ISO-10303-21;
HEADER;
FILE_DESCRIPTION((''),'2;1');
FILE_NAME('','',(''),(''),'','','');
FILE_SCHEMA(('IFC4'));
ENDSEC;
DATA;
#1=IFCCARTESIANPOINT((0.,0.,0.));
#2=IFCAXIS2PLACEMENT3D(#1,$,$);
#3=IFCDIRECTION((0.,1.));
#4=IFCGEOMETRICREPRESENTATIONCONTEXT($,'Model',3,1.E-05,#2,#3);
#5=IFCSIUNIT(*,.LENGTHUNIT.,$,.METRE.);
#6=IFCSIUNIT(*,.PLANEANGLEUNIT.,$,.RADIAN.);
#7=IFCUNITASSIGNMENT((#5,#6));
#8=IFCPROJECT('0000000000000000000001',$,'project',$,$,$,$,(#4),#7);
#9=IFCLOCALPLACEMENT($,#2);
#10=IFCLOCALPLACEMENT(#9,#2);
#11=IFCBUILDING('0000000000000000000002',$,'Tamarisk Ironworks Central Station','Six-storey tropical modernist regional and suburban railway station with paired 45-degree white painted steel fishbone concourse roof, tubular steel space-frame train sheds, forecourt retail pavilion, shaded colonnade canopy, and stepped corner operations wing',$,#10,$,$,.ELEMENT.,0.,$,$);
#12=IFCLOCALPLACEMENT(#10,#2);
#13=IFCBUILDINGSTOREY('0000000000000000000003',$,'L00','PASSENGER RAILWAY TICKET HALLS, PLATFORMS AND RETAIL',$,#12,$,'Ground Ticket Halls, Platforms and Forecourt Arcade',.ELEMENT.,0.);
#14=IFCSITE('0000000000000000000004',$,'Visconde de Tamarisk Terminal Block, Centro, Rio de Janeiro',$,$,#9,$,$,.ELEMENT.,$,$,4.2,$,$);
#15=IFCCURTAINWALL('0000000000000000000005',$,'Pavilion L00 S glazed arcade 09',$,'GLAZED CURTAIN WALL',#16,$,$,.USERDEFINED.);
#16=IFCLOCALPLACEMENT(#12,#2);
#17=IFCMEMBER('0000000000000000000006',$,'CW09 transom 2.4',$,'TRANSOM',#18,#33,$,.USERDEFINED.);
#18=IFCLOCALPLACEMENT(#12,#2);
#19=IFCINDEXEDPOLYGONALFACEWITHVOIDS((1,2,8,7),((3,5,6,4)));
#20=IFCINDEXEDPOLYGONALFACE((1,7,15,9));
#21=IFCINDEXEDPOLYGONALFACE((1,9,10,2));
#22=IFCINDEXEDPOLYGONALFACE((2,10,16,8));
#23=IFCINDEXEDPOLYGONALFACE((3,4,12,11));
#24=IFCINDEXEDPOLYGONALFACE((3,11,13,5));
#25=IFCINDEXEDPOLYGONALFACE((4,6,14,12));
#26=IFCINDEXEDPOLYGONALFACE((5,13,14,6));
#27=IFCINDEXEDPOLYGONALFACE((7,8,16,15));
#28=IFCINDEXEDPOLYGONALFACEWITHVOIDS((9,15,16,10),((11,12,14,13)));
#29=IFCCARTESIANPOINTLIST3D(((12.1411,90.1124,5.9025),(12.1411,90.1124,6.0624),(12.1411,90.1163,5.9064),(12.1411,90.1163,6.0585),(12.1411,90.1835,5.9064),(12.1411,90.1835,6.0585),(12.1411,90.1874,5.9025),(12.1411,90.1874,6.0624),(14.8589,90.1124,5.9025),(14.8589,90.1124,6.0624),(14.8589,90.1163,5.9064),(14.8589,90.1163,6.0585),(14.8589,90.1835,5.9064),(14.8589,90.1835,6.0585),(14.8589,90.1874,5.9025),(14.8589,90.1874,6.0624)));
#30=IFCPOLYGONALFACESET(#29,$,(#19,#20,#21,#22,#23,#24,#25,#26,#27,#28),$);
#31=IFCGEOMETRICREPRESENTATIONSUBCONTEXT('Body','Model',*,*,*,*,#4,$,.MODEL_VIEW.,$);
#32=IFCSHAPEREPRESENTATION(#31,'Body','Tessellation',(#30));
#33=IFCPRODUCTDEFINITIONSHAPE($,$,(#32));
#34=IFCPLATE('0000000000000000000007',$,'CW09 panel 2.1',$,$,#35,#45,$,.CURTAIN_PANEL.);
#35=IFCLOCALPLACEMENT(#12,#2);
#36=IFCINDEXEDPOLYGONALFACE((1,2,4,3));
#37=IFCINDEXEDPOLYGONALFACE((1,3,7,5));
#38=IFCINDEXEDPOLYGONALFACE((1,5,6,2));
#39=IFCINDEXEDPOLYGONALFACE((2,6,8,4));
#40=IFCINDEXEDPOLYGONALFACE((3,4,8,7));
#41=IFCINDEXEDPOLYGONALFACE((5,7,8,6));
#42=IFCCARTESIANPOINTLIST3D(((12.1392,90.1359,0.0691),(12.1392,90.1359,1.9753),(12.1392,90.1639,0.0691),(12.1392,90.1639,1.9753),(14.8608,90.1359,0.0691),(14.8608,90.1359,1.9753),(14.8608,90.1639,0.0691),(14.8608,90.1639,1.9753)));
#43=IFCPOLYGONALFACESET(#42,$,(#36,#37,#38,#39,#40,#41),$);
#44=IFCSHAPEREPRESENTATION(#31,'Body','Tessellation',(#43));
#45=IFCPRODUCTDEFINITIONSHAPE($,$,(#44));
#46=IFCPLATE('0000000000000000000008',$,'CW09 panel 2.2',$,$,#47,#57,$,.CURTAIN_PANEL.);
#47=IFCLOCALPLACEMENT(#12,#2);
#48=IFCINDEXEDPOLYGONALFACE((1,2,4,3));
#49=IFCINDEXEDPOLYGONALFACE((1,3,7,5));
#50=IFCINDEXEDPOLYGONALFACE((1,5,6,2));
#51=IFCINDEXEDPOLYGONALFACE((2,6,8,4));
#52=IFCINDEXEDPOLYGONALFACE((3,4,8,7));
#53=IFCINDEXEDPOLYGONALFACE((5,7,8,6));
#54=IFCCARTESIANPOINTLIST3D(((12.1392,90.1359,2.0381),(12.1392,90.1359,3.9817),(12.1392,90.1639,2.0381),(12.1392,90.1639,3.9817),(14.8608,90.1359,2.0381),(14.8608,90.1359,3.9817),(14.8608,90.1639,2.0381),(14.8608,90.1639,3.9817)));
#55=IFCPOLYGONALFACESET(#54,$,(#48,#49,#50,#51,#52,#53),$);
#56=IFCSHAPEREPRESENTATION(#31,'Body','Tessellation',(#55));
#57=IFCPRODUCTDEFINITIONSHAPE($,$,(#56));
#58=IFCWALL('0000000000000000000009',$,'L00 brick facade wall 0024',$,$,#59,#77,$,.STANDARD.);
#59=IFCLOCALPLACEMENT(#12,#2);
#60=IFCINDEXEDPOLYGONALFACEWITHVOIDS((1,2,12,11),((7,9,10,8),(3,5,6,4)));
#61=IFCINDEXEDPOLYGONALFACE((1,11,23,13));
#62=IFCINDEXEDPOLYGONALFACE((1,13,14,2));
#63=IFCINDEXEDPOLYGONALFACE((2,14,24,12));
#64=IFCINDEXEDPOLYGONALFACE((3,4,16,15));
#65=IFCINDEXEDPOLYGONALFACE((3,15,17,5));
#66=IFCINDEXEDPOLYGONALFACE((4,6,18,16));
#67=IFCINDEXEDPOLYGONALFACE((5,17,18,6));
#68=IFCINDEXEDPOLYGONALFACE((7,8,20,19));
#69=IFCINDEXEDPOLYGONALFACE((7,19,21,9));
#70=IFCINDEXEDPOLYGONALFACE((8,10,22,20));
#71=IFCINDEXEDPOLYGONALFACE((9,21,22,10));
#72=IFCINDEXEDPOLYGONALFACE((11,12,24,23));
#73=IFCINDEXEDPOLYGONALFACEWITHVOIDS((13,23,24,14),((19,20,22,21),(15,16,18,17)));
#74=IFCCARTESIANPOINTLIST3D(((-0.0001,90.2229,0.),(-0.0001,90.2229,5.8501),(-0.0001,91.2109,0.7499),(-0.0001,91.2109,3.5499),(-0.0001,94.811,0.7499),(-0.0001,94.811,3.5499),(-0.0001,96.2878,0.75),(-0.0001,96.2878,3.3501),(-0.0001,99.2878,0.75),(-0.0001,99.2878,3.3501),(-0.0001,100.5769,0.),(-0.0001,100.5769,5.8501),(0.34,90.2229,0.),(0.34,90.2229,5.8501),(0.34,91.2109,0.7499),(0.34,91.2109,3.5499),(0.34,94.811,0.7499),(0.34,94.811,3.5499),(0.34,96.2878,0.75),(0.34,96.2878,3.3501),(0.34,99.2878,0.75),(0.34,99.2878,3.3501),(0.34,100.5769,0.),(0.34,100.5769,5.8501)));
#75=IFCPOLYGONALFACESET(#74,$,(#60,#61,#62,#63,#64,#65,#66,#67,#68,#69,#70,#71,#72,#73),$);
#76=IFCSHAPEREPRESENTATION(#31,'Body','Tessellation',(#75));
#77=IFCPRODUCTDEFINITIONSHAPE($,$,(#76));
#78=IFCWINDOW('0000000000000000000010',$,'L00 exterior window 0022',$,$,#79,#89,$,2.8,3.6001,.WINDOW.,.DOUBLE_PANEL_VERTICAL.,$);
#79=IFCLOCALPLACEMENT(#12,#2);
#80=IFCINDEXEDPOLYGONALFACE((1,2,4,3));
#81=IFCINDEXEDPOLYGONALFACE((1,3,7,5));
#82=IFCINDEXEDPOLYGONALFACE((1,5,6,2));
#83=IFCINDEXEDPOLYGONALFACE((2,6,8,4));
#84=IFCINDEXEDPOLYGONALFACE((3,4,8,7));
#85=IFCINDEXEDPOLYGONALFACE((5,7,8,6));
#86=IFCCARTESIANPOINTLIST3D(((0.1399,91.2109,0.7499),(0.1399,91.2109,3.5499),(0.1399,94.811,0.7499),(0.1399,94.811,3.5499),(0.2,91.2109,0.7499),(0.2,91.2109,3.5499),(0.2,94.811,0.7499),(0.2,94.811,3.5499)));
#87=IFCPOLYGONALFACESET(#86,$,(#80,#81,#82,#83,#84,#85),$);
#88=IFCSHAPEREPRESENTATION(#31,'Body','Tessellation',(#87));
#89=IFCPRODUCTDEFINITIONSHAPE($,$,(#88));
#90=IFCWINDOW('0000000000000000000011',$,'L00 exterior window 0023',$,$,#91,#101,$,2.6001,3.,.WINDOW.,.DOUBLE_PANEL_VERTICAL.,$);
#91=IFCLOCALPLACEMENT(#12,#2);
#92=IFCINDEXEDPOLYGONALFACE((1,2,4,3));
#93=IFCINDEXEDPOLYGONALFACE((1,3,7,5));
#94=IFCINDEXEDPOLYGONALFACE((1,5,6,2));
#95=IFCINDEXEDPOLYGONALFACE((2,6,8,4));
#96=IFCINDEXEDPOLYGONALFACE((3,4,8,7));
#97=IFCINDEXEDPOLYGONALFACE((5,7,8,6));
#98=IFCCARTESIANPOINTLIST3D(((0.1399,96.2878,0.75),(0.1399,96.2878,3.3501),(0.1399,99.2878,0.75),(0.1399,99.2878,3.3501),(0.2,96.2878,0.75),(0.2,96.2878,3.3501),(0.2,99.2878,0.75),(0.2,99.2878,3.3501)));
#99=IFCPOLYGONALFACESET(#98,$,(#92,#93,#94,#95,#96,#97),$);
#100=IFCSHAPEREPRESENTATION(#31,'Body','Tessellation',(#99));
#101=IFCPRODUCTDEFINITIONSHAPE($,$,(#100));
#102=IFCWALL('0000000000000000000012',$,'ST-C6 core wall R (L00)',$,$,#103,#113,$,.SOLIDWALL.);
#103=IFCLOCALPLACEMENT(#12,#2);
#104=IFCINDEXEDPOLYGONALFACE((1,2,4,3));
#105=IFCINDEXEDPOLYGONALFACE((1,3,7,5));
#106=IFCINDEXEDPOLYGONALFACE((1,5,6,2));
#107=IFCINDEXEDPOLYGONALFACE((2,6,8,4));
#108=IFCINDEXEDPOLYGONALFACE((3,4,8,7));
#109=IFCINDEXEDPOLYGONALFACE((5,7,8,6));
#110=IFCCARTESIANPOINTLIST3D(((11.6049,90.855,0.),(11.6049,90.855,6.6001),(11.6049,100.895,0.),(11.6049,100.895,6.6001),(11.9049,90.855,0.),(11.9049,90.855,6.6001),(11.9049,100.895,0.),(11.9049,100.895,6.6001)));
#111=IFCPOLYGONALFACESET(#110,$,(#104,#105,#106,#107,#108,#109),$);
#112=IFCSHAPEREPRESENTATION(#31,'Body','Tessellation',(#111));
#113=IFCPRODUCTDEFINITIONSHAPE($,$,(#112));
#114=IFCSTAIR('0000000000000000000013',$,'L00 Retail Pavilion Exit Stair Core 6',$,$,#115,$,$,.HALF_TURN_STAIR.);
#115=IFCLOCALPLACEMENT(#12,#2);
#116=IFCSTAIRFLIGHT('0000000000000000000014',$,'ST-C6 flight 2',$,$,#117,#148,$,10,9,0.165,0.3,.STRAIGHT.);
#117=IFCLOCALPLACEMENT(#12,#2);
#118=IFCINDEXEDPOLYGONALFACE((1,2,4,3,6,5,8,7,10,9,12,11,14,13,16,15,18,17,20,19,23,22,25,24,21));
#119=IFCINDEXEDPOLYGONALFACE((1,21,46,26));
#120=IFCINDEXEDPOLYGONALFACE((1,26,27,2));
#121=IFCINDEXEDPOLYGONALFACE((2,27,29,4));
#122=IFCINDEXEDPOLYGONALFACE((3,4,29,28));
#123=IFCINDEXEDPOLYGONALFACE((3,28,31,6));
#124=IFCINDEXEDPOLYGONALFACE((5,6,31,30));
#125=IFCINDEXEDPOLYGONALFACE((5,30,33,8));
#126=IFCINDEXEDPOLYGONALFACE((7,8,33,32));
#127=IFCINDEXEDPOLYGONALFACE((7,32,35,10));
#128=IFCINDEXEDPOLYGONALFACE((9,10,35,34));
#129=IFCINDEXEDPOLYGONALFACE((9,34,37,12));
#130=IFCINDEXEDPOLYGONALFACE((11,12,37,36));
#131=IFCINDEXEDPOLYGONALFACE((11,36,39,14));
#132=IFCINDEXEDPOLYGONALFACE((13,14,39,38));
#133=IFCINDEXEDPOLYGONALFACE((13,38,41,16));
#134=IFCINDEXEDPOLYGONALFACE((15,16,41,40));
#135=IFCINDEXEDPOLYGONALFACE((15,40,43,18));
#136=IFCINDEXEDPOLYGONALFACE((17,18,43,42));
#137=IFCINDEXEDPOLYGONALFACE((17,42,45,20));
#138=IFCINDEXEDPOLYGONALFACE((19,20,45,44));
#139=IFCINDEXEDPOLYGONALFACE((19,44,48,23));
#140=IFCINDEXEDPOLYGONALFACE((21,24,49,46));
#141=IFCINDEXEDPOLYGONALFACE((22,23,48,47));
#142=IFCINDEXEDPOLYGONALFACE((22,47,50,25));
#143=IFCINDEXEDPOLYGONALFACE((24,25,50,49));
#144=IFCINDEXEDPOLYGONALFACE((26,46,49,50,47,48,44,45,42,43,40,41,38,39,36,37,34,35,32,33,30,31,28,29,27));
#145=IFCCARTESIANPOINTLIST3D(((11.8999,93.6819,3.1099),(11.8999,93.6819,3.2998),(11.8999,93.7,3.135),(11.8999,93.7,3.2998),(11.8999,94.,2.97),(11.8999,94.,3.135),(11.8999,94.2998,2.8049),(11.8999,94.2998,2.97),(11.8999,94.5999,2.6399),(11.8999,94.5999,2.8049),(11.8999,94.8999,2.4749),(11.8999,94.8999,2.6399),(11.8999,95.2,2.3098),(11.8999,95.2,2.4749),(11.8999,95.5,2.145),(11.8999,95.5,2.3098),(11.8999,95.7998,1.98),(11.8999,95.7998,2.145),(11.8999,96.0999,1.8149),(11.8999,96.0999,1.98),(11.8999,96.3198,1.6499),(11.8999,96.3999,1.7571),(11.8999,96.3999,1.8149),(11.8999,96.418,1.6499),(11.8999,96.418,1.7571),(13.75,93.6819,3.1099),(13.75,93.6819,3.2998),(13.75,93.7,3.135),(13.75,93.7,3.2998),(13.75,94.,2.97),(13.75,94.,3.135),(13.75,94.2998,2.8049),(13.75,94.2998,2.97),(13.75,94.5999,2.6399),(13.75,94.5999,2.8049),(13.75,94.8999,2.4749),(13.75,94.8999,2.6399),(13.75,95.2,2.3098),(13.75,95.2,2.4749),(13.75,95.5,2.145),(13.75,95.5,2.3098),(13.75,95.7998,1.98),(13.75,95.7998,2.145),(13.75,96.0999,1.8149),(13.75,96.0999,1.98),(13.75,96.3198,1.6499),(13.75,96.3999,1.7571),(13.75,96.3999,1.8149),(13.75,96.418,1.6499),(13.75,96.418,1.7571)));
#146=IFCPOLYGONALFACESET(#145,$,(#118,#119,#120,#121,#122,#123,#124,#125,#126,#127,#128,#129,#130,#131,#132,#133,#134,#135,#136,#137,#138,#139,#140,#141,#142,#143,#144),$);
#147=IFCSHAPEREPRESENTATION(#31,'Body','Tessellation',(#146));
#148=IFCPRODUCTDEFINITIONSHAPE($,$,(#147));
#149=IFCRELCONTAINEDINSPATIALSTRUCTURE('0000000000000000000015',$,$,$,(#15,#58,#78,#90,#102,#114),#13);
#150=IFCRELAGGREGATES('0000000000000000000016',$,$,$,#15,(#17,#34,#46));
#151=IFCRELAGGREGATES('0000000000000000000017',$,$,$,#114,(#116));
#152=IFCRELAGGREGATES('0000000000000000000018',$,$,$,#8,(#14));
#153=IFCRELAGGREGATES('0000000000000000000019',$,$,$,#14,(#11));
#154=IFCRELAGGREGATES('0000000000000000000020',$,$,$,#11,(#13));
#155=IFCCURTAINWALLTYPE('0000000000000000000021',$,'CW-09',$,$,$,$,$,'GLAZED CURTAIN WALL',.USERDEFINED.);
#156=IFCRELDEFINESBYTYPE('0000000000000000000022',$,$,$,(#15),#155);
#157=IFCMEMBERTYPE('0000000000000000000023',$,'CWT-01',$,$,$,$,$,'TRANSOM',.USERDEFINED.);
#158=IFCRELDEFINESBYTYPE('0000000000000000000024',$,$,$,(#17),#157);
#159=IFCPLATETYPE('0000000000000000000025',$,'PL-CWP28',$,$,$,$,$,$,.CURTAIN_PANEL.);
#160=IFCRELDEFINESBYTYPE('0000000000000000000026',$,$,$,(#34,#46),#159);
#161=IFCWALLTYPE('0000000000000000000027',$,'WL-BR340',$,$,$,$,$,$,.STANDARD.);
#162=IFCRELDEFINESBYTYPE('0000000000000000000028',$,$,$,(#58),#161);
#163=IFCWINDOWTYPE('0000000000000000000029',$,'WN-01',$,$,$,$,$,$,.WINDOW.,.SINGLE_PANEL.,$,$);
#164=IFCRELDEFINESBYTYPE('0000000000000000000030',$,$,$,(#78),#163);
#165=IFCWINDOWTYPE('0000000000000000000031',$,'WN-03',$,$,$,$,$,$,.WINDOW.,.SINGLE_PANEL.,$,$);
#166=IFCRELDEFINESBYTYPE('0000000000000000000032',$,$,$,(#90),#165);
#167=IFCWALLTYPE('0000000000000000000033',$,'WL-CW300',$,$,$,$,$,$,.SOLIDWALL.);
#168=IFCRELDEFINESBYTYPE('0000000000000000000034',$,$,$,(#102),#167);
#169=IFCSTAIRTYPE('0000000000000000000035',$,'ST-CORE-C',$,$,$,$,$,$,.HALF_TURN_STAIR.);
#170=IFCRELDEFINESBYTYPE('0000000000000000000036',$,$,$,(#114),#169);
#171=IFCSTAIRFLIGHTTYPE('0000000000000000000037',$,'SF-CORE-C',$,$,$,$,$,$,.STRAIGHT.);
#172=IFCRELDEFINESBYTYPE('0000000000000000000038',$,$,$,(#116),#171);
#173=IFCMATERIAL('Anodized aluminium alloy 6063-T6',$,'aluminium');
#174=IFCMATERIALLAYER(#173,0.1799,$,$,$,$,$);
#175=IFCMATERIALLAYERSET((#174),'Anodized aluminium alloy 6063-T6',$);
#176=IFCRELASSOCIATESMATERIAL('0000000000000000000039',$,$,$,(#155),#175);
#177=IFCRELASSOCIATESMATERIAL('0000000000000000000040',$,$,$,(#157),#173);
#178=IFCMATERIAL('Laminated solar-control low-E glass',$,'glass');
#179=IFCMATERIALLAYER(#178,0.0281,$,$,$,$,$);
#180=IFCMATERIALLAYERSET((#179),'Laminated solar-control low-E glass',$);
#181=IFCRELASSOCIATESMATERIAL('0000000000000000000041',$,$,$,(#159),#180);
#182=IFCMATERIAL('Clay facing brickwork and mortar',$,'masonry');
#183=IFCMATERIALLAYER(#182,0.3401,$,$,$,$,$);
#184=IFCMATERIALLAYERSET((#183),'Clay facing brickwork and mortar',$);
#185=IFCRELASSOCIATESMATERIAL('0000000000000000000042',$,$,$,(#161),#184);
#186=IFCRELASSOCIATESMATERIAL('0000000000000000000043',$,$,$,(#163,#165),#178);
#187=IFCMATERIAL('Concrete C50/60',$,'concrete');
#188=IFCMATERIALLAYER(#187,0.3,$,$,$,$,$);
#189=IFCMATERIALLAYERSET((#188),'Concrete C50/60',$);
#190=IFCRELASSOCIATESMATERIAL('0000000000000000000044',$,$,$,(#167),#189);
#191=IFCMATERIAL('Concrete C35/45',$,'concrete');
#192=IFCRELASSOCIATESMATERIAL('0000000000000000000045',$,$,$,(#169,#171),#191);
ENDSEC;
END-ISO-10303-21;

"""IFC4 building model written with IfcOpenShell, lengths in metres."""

from ifc_helpers import new_model, si_unit, direction, frame, frame_2d, origin, origin_2d, place, context, subcontext, project, spatial, polyline, rectangle, hollow_rectangle, outline, extrude, material, layer, layer_set, material_profile, profile_set, type_object, element, fill, aggregate, save


model = new_model("IFC4")

# Units and contexts
model_context = context("Model", 3, precision=1e-05, world=origin(), true_north=direction((0.0, 1.0)))
body_context = subcontext(model_context, "Body", "Model", "MODEL_VIEW")
ifc_project = project(units=[si_unit("LENGTHUNIT", "METRE"), si_unit("PLANEANGLEUNIT", "RADIAN")], contexts=[model_context])

# Site, building, storey
site_placement = place(None, origin())
site = spatial("IfcSite", under=ifc_project, at=site_placement, Name="Visconde de Tamarisk Terminal Block, Centro, Rio de Janeiro", CompositionType="ELEMENT", RefElevation=4.2)
building_placement = place(site_placement, origin())
building = spatial("IfcBuilding", under=site, at=building_placement, Name="Tamarisk Ironworks Central Station", Description="Six-storey tropical modernist regional and suburban railway station with paired 45-degree white painted steel fishbone concourse roof, tubular steel space-frame train sheds, forecourt retail pavilion, shaded colonnade canopy, and stepped corner operations wing", CompositionType="ELEMENT", ElevationOfRefHeight=0.0)
storey_placement = place(building_placement, origin())
storey = spatial("IfcBuildingStorey", under=building, at=storey_placement, Name="L00", Description="PASSENGER RAILWAY TICKET HALLS, PLATFORMS AND RETAIL", LongName="Ground Ticket Halls, Platforms and Forecourt Arcade", CompositionType="ELEMENT", Elevation=0.0)

# Shared definitions
ifc_material_1 = material(Name="Clay facing brickwork and mortar", Category="masonry")

# Curtain wall, member, plates
ifc_material_2 = material(Name="Anodized aluminium alloy 6063-T6", Category="aluminium")
ifc_layer_1 = layer(ifc_material_2, 0.1799)
ifc_layer_set_1 = layer_set([ifc_layer_1], Name="Anodized aluminium alloy 6063-T6")
curtain_wall_type = type_object("IfcCurtainWallType", Name="CW-09", ElementType="GLAZED CURTAIN WALL", PredefinedType="USERDEFINED", material=ifc_layer_set_1)
curtain_wall_placement = place(storey_placement, origin())
curtain_wall = element("IfcCurtainWall", 1, at=curtain_wall_placement, inside=storey, type_object=curtain_wall_type, Name="Pavilion L00 S glazed arcade 09", ObjectType="GLAZED CURTAIN WALL", PredefinedType="USERDEFINED")
ifc_material_profile_1 = material_profile(ifc_material_2, hollow_rectangle(XDim=0.075, YDim=0.1599, WallThickness=0.0039, at=origin_2d()), Name="ALUM 160x75")
ifc_profile_set_1 = profile_set([ifc_material_profile_1], Name="Anodized aluminium alloy 6063-T6")
member_type = type_object("IfcMemberType", Name="CWT-01", ElementType="TRANSOM", PredefinedType="USERDEFINED", material=ifc_profile_set_1)
member_1_placement = place(storey_placement, frame((12.1411, 90.1499, 5.9824), z_axis=(1.0, 0.0, 0.0), x_axis=(0.0, 1.0, 0.0)))
member_1 = element("IfcMember", 2, at=member_1_placement, type_object=member_type, Name="CW09 transom 2.4", ObjectType="TRANSOM", PredefinedType="USERDEFINED", context=body_context, shape_type="SweptSolid", body=[
    extrude(hollow_rectangle(XDim=0.075, YDim=0.1599, WallThickness=0.0039, at=origin_2d()), origin(), (0.0, 0.0, 1.0), 2.7178),
])
ifc_material_3 = material(Name="Laminated solar-control low-E glass", Category="glass")
ifc_layer_2 = layer(ifc_material_3, 0.0281)
ifc_layer_set_2 = layer_set([ifc_layer_2], Name="Laminated solar-control low-E glass")
plate_type = type_object("IfcPlateType", Name="PL-CWP28", PredefinedType="CURTAIN_PANEL", material=ifc_layer_set_2)
plate_1_placement = place(storey_placement, frame((13.5, 90.1499, 0.0691), z_axis=(0.0, 0.0, 1.0), x_axis=(1.0, 0.0, 0.0)))
plate_1 = element("IfcPlate", 3, at=plate_1_placement, type_object=plate_type, Name="CW09 panel 2.1", PredefinedType="CURTAIN_PANEL", context=body_context, shape_type="SweptSolid", body=[
    extrude(rectangle(XDim=2.7217, YDim=0.0281, at=origin_2d()), origin(), (0.0, 0.0, 1.0), 1.9062),
])
plate_2_placement = place(storey_placement, frame((13.5, 90.1499, 2.0381), z_axis=(0.0, 0.0, 1.0), x_axis=(1.0, 0.0, 0.0)))
plate_2 = element("IfcPlate", 4, at=plate_2_placement, type_object=plate_type, Name="CW09 panel 2.2", PredefinedType="CURTAIN_PANEL", context=body_context, shape_type="SweptSolid", body=[
    extrude(rectangle(XDim=2.7217, YDim=0.0281, at=origin_2d()), origin(), (0.0, 0.0, 1.0), 1.9436),
])
aggregate(curtain_wall, [member_1, plate_1, plate_2])

# Wall, openings, windows
ifc_layer_3 = layer(ifc_material_1, 0.3401)
ifc_layer_set_3 = layer_set([ifc_layer_3], Name="Clay facing brickwork and mortar")
wall_type_1 = type_object("IfcWallType", Name="WL-BR340", PredefinedType="STANDARD", material=ifc_layer_set_3)
wall_1_placement = place(storey_placement, frame((0.1699, 90.2229, 0.0), z_axis=(0.0, 0.0, 1.0), x_axis=(0.0, 1.0, 0.0)))
wall_1 = element("IfcWall", 5, at=wall_1_placement, inside=storey, type_object=wall_type_1, Name="L00 brick facade wall 0024", PredefinedType="STANDARD", context=body_context, shape_type="SweptSolid", body=[
    extrude(rectangle(XDim=10.354, YDim=0.3401, at=frame_2d((5.177, 0.0))), origin(), (0.0, 0.0, 1.0), 5.8501),
])
opening_1_placement = place(wall_1_placement, frame((0.988, 0.0, 0.75)))
opening_1 = element("IfcOpeningElement", 6, at=opening_1_placement, cuts=wall_1, PredefinedType="OPENING", context=body_context, shape_type="SweptSolid", body=[
    extrude(rectangle(XDim=3.6001, YDim=2.8, at=frame_2d((1.8, 1.3999))), frame((0.0, 0.1821, 0.0), z_axis=(0.0, -1.0, 0.0), x_axis=(1.0, 0.0, 0.0)), (0.0, 0.0, 1.0), 0.364),
])
opening_2_placement = place(wall_1_placement, frame((6.0649, 0.0, 0.75)))
opening_2 = element("IfcOpeningElement", 7, at=opening_2_placement, cuts=wall_1, PredefinedType="OPENING", context=body_context, shape_type="SweptSolid", body=[
    extrude(rectangle(XDim=3.0, YDim=2.6001, at=frame_2d((1.5, 1.3))), frame((0.0, 0.1821, 0.0), z_axis=(0.0, -1.0, 0.0), x_axis=(1.0, 0.0, 0.0)), (0.0, 0.0, 1.0), 0.364),
])
window_type_1 = type_object("IfcWindowType", Name="WN-01", PartitioningType="SINGLE_PANEL", PredefinedType="WINDOW", material=ifc_material_3)
window_1_placement = place(opening_1_placement, origin())
window_1 = element("IfcWindow", 8, at=window_1_placement, inside=storey, type_object=window_type_1, Name="L00 exterior window 0022", OverallHeight=2.8, OverallWidth=3.6001, PartitioningType="DOUBLE_PANEL_VERTICAL", PredefinedType="WINDOW", context=body_context, shape_type="SweptSolid", body=[
    extrude(rectangle(XDim=3.6001, YDim=2.8, at=frame_2d((1.8, 1.3999))), frame((0.0, 0.03, 0.0), z_axis=(0.0, -1.0, 0.0), x_axis=(1.0, 0.0, 0.0)), (0.0, 0.0, 1.0), 0.0601),
])
fill(opening_1, window_1)
window_type_2 = type_object("IfcWindowType", Name="WN-03", PartitioningType="SINGLE_PANEL", PredefinedType="WINDOW", material=ifc_material_3)
window_2_placement = place(opening_2_placement, origin())
window_2 = element("IfcWindow", 9, at=window_2_placement, inside=storey, type_object=window_type_2, Name="L00 exterior window 0023", OverallHeight=2.6001, OverallWidth=3.0, PartitioningType="DOUBLE_PANEL_VERTICAL", PredefinedType="WINDOW", context=body_context, shape_type="SweptSolid", body=[
    extrude(rectangle(XDim=3.0, YDim=2.6001, at=frame_2d((1.5, 1.3))), frame((0.0, 0.03, 0.0), z_axis=(0.0, -1.0, 0.0), x_axis=(1.0, 0.0, 0.0)), (0.0, 0.0, 1.0), 0.0601),
])
fill(opening_2, window_2)

# Wall
ifc_material_4 = material(Name="Concrete C50/60", Category="concrete")
ifc_layer_4 = layer(ifc_material_4, 0.3)
ifc_layer_set_4 = layer_set([ifc_layer_4], Name="Concrete C50/60")
wall_type_2 = type_object("IfcWallType", Name="WL-CW300", PredefinedType="SOLIDWALL", material=ifc_layer_set_4)
wall_2_placement = place(storey_placement, frame((11.7549, 90.855, 0.0), z_axis=(0.0, 0.0, 1.0), x_axis=(0.0, 1.0, 0.0)))
element("IfcWall", 10, at=wall_2_placement, inside=storey, type_object=wall_type_2, Name="ST-C6 core wall R (L00)", PredefinedType="SOLIDWALL", context=body_context, shape_type="SweptSolid", body=[
    extrude(rectangle(XDim=10.04, YDim=0.3, at=frame_2d((5.02, 0.0))), origin(), (0.0, 0.0, 1.0), 6.6001),
])

# Stair, stair flight
ifc_material_5 = material(Name="Concrete C35/45", Category="concrete")
stair_type = type_object("IfcStairType", Name="ST-CORE-C", PredefinedType="HALF_TURN_STAIR", material=ifc_material_5)
stair_placement = place(storey_placement, origin())
stair = element("IfcStair", 11, at=stair_placement, inside=storey, type_object=stair_type, Name="L00 Retail Pavilion Exit Stair Core 6", PredefinedType="HALF_TURN_STAIR")
stair_flight_type = type_object("IfcStairFlightType", Name="SF-CORE-C", PredefinedType="STRAIGHT", material=ifc_material_5)
stair_flight_1_placement = place(storey_placement, frame((12.825, 96.3999, 1.6499), z_axis=(0.0, 0.0, 1.0), x_axis=(0.0, -1.0, 0.0)))
stair_flight_1 = element("IfcStairFlight", 12, at=stair_flight_1_placement, type_object=stair_flight_type, Name="ST-C6 flight 2", NumberOfRisers=10, NumberOfTreads=9, PredefinedType="STRAIGHT", RiserHeight=0.165, TreadLength=0.3, context=body_context, shape_type="SweptSolid", body=[
    extrude(outline(polyline([(-0.0181, 0.0), (-0.0181, 0.1072), (0.0, 0.1072), (0.0, 0.165), (0.3, 0.165), (0.3, 0.3301), (0.6001, 0.3301), (0.6001, 0.4951), (0.8999, 0.4951), (0.8999, 0.6599), (1.2, 0.6599), (1.2, 0.825), (1.5, 0.825), (1.5, 0.99), (1.8, 0.99), (1.8, 1.155), (2.1001, 1.155), (2.1001, 1.3201), (2.3999, 1.3201), (2.3999, 1.4851), (2.7, 1.4851), (2.7, 1.6499), (2.718, 1.6499), (2.718, 1.46), (0.0801, 0.0), (-0.0181, 0.0)])), frame((0.0, 0.925, 0.0), z_axis=(0.0, -1.0, 0.0), x_axis=(1.0, 0.0, 0.0)), (0.0, 0.0, 1.0), 1.8501),
])
aggregate(stair, [stair_flight_1])

save(model, "model.ifc")
